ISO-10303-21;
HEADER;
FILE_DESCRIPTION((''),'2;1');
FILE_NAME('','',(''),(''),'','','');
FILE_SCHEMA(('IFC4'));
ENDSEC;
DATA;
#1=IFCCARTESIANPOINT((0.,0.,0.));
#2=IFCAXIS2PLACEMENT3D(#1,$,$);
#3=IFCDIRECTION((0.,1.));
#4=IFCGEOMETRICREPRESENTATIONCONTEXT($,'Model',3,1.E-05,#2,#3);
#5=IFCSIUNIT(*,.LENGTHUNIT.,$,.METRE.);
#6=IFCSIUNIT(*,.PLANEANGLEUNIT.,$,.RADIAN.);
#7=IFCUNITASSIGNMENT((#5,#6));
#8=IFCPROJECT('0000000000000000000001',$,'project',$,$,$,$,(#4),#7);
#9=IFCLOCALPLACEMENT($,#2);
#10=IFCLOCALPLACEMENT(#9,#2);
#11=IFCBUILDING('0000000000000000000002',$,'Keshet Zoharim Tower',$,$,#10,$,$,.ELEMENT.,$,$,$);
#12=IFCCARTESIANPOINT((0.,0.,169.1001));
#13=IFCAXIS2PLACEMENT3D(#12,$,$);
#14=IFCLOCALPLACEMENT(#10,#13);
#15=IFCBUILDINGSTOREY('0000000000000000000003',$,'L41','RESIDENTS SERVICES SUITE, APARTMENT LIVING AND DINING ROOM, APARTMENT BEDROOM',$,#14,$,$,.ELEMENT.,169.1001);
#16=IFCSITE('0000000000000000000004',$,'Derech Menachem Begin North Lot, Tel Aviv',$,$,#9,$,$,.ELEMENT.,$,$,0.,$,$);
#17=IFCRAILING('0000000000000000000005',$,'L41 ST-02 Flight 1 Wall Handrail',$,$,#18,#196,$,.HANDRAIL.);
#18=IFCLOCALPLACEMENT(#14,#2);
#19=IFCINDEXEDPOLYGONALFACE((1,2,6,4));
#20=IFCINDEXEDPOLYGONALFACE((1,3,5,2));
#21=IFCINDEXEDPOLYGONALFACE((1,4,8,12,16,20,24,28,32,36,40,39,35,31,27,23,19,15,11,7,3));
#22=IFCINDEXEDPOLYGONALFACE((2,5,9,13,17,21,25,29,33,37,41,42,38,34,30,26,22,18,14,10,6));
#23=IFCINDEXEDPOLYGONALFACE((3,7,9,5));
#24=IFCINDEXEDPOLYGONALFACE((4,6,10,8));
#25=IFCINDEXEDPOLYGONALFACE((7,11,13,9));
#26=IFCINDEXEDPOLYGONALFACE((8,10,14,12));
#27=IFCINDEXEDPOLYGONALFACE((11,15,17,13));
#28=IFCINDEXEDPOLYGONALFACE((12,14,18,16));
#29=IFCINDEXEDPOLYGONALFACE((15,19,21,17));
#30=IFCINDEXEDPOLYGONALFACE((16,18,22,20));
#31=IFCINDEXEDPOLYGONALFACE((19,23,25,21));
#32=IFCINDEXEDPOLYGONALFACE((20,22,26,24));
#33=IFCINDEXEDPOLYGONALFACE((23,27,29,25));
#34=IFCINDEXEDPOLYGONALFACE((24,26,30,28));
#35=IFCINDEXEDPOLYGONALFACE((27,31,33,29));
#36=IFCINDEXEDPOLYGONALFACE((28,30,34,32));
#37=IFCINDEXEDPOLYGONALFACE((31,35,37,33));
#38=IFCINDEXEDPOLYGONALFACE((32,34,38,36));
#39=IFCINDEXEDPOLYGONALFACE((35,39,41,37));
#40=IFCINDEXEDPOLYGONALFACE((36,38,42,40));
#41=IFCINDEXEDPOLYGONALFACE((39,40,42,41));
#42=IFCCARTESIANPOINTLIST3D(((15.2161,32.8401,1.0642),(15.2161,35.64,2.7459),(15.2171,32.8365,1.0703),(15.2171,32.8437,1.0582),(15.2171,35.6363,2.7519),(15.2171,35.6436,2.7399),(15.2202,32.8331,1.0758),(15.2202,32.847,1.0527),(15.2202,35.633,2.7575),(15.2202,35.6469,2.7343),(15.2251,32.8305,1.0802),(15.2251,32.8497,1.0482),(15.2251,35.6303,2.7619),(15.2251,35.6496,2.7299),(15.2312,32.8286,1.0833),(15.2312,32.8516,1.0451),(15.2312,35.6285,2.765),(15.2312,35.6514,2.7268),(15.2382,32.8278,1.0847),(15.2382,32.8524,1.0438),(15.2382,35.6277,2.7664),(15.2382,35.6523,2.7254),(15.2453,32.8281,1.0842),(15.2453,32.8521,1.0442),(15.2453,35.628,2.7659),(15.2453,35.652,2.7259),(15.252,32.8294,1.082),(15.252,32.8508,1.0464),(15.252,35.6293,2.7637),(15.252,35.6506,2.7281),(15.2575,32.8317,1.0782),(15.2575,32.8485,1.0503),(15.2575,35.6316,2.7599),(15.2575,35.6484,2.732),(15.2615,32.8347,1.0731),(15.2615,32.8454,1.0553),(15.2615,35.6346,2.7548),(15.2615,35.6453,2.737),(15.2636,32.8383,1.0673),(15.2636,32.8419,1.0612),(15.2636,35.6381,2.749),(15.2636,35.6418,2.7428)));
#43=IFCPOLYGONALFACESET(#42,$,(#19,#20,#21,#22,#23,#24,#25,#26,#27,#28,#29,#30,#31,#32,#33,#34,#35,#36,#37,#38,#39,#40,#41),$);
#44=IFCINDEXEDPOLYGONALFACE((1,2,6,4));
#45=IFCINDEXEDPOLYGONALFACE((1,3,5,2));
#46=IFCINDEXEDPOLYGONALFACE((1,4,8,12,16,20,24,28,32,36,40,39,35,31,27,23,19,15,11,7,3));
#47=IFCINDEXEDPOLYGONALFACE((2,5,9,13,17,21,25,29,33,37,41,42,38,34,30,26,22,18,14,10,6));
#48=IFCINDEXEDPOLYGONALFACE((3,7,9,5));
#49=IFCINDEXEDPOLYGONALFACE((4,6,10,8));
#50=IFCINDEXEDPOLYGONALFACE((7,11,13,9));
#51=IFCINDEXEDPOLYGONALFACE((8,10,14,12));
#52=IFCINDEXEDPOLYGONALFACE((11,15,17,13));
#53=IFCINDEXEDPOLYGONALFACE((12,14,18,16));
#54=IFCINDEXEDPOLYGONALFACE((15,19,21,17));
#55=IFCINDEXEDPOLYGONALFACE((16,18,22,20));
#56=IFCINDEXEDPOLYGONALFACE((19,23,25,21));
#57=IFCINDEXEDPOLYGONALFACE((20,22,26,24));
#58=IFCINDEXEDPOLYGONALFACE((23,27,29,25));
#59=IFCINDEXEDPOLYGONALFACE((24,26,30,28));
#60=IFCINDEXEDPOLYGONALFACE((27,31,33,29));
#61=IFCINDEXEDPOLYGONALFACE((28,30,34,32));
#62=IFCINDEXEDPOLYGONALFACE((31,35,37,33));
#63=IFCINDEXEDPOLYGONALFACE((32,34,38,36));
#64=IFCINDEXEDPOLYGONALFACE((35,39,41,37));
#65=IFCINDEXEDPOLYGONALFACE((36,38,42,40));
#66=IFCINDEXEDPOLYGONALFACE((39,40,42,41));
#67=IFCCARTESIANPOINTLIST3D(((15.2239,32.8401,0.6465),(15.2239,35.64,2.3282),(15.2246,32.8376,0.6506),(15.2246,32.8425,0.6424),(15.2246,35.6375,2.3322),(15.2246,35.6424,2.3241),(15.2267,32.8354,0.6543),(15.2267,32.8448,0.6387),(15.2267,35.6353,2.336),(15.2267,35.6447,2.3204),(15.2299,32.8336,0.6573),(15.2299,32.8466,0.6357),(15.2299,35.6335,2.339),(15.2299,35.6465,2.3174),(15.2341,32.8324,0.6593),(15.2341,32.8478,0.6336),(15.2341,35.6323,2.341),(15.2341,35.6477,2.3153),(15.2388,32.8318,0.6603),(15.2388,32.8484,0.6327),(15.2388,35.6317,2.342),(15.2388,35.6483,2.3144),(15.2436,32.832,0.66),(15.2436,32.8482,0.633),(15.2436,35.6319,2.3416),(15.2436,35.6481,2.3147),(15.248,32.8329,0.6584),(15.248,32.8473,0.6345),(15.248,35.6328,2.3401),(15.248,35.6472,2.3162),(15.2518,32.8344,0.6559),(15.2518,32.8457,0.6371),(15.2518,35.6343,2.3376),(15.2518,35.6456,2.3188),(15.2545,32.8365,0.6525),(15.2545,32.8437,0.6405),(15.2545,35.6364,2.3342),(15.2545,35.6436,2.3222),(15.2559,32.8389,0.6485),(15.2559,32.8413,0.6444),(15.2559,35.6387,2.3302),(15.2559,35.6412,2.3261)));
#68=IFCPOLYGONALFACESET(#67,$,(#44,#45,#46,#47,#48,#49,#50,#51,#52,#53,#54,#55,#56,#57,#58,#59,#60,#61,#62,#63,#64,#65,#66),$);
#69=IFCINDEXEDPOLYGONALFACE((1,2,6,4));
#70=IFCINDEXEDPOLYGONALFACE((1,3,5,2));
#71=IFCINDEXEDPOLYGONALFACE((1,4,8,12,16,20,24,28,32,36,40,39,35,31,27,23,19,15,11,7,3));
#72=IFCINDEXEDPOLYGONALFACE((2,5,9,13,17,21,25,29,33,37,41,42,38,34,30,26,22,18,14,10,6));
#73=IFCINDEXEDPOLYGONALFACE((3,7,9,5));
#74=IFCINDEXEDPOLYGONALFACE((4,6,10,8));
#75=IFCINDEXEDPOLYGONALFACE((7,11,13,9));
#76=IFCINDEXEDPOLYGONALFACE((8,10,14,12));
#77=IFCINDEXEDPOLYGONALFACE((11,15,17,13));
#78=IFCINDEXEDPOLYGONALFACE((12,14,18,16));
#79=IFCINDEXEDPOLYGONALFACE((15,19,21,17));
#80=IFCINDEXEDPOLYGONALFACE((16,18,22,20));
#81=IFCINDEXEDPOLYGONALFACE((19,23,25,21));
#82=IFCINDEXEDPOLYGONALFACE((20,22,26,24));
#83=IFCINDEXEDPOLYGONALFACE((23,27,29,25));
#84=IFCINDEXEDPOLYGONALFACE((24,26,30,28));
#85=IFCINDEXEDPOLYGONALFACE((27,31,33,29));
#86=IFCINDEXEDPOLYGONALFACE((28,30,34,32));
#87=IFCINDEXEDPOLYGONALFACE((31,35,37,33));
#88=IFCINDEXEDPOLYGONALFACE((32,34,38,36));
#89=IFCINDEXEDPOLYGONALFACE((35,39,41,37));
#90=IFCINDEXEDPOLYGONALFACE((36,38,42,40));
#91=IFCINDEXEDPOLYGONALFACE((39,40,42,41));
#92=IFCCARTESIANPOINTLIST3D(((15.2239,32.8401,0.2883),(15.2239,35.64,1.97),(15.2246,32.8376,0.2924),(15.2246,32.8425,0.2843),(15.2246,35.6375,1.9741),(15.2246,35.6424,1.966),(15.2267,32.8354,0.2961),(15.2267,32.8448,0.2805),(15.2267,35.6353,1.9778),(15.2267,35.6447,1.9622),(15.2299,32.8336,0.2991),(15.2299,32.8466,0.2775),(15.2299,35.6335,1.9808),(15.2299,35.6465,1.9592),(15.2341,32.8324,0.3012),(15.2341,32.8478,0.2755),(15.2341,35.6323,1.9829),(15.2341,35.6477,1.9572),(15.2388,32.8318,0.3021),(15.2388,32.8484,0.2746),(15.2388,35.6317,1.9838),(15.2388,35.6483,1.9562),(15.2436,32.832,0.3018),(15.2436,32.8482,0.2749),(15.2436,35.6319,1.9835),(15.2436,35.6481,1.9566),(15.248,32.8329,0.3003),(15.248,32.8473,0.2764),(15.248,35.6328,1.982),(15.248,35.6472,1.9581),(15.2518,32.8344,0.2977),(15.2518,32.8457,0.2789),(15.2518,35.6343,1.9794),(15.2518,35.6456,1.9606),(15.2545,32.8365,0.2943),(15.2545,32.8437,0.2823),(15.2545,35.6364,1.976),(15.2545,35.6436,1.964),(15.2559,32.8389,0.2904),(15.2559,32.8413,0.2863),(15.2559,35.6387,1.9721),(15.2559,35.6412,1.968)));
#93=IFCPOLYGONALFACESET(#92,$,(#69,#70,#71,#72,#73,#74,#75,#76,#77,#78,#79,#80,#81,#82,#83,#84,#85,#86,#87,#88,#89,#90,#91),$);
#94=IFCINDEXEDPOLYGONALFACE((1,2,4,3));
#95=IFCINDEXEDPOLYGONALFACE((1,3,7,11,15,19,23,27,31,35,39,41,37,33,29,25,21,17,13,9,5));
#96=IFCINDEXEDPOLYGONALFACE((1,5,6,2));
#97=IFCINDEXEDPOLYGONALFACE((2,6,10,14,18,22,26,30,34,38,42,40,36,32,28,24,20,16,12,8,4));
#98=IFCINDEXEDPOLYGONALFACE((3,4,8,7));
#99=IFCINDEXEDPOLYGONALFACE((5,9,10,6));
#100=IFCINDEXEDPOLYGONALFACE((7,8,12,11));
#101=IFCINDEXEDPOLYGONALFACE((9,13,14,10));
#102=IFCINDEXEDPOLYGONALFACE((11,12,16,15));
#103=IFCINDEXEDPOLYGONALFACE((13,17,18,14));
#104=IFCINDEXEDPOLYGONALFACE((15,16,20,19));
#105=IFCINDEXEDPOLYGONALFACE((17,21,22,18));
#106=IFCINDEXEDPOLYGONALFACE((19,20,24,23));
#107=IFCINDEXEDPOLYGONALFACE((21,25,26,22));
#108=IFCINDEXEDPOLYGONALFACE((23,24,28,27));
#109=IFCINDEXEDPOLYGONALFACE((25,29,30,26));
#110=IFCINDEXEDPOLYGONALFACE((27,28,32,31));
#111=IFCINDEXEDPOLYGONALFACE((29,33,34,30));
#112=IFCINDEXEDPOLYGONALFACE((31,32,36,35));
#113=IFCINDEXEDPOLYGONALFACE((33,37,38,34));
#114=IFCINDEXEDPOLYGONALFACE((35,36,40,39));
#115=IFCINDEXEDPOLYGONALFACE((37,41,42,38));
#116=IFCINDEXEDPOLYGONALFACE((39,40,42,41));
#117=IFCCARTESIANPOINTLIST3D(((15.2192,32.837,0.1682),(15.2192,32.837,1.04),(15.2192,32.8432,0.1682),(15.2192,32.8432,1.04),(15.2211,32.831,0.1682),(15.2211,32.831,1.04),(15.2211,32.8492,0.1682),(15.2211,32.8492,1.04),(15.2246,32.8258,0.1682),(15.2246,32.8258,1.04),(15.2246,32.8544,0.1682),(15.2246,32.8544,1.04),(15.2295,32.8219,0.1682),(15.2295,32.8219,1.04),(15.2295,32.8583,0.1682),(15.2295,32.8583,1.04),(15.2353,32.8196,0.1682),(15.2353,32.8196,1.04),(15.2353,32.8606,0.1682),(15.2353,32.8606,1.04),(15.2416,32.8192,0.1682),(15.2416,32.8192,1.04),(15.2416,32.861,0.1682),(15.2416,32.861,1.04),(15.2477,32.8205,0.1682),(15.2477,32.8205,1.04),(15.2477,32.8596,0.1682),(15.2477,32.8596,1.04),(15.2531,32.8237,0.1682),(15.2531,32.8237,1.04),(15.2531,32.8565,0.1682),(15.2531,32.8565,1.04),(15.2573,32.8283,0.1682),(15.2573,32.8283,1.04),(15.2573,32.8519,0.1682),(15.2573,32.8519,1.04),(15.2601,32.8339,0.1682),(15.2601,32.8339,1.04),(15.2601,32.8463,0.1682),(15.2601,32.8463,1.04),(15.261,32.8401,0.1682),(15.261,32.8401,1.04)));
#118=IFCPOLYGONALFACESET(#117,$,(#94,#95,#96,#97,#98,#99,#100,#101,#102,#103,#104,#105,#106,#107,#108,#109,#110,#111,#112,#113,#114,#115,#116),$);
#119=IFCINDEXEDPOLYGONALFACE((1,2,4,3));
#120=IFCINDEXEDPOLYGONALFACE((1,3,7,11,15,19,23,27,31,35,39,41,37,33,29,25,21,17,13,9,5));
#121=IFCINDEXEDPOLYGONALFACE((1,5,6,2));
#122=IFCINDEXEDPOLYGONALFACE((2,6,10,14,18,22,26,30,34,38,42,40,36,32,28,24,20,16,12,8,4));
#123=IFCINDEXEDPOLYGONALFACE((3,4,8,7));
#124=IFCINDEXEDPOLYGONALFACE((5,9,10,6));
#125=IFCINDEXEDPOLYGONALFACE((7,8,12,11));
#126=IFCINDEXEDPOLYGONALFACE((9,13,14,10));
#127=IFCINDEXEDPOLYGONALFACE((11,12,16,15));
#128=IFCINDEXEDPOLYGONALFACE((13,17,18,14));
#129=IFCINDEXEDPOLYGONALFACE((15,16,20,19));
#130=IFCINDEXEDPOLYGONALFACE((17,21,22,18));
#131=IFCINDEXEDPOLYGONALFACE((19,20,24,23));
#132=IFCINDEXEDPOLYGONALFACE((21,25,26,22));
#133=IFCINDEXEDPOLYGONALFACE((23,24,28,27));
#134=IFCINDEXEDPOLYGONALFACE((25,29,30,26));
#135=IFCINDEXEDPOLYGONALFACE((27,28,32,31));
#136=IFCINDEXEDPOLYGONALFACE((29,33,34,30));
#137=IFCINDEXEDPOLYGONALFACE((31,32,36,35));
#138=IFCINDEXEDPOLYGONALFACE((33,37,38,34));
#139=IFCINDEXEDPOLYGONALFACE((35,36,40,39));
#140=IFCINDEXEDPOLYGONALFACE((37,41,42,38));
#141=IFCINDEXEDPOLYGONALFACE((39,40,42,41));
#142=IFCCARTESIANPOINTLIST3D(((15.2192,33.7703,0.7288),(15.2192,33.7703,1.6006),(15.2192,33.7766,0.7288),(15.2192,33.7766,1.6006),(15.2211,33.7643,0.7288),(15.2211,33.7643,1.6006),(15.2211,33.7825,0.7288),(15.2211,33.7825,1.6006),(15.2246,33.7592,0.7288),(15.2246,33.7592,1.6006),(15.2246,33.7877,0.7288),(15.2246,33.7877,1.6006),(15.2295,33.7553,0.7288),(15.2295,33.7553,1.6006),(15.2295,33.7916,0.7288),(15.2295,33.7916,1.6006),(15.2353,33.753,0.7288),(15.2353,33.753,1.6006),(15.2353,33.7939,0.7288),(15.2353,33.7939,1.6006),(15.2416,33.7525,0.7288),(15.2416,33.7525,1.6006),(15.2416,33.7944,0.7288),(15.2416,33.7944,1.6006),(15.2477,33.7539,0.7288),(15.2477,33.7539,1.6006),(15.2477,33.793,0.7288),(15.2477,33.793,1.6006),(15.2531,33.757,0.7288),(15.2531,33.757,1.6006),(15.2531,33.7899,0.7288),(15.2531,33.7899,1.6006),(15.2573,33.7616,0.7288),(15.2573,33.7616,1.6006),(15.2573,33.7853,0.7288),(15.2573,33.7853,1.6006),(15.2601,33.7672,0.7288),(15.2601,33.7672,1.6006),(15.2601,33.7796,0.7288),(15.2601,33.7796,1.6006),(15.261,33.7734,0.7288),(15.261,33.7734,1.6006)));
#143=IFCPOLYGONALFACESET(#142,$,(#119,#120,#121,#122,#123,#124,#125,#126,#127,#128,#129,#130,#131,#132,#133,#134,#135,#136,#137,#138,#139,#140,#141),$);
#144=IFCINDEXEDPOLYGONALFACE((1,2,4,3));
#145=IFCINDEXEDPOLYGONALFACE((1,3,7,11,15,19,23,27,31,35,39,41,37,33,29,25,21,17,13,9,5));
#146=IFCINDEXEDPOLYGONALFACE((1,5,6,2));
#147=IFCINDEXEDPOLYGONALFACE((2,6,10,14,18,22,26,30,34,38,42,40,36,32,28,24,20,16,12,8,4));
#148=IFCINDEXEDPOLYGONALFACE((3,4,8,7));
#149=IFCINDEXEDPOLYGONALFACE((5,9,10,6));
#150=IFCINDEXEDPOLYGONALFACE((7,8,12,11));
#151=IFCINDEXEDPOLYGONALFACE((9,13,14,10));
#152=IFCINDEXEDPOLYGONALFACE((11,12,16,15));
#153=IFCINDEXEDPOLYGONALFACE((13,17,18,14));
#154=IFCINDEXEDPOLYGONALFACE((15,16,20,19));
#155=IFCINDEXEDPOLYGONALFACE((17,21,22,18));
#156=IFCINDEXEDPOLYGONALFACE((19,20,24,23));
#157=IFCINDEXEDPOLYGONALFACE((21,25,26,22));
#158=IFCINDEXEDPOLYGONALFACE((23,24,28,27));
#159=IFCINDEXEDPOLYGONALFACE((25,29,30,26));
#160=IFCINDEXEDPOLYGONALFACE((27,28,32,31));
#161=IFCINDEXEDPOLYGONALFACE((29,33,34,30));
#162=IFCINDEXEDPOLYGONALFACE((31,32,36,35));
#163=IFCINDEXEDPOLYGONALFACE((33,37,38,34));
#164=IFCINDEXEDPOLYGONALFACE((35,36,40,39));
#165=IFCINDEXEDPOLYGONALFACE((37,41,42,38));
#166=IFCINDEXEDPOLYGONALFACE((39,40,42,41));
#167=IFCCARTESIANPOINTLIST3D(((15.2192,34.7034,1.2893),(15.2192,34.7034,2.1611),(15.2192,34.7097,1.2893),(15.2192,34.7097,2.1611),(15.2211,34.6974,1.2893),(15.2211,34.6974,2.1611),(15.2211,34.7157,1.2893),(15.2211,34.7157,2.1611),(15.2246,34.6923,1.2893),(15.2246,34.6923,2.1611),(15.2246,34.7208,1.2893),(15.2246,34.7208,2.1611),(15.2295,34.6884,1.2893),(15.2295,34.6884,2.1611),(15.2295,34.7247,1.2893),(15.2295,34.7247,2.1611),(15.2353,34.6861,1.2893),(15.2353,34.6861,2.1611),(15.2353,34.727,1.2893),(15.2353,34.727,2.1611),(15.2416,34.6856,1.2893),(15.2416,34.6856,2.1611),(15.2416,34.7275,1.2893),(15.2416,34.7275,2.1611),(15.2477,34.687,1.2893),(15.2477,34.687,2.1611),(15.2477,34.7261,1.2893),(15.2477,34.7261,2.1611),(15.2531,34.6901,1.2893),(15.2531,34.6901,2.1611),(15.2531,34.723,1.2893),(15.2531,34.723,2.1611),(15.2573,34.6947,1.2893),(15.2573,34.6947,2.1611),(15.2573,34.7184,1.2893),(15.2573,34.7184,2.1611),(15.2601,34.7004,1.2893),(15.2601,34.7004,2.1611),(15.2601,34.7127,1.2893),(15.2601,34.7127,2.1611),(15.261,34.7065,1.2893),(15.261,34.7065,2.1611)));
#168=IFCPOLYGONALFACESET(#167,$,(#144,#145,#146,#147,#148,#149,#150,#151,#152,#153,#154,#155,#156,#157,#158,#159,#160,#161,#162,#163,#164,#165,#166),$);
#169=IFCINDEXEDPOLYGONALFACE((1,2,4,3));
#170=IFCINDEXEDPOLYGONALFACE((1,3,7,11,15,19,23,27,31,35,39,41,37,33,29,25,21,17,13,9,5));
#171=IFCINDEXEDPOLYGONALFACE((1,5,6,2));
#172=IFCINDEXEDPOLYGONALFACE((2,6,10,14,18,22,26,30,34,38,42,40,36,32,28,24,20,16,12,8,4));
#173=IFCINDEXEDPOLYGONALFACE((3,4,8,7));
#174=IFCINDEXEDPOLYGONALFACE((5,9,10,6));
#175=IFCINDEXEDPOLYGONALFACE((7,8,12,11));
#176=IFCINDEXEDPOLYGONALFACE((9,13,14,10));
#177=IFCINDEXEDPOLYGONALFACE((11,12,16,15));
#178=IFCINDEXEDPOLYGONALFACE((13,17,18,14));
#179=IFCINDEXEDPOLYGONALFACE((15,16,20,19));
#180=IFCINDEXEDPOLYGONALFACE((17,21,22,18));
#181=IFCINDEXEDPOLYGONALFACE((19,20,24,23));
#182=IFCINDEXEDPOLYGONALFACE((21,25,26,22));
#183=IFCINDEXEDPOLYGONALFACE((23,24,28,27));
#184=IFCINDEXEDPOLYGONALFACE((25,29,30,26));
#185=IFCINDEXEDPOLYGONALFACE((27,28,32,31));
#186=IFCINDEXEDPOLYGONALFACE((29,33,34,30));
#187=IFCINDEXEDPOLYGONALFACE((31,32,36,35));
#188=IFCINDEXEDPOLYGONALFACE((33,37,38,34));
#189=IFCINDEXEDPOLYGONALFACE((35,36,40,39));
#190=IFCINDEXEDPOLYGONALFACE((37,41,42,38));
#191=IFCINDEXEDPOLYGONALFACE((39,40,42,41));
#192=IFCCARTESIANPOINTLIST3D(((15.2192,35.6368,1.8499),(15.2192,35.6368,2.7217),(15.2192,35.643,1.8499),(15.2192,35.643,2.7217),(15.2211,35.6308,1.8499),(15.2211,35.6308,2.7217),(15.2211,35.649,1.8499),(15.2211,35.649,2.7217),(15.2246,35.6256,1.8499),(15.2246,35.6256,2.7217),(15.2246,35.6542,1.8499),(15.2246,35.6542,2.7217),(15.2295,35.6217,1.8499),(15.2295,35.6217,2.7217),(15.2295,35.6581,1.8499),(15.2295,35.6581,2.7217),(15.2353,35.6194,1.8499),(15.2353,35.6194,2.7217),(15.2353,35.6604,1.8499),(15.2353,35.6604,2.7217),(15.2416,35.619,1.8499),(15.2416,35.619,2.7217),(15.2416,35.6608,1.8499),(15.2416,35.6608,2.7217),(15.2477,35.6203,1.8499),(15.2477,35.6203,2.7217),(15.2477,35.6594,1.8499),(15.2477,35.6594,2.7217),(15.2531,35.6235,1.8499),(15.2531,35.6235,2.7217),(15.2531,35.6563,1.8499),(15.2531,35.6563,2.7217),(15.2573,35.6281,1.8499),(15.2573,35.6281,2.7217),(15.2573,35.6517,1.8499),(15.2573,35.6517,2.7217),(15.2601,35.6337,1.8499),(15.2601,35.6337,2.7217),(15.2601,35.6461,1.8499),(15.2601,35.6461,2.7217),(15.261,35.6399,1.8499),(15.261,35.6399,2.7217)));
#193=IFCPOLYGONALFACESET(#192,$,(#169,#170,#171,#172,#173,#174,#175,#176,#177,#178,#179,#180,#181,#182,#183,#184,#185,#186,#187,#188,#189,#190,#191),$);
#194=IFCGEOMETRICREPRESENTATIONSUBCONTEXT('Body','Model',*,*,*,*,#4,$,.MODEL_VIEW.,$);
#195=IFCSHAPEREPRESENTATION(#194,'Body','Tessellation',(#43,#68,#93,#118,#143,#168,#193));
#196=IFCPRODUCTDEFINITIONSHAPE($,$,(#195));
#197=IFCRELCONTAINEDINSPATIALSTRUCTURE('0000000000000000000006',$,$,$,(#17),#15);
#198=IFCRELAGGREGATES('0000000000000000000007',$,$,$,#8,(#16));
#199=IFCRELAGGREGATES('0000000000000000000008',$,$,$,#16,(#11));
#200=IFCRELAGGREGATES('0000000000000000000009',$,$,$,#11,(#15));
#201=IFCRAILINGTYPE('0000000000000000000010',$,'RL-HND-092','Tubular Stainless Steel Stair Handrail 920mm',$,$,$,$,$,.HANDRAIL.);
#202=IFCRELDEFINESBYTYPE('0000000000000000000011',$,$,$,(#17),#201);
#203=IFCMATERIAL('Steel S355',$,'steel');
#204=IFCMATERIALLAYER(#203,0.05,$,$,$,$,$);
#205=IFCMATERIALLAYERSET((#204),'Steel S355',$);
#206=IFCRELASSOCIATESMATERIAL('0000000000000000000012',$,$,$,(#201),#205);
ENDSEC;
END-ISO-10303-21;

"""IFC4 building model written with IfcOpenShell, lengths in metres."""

from ifc_helpers import new_model, si_unit, direction, frame, origin, origin_2d, place, context, subcontext, project, spatial, circle, extrude, material, layer, layer_set, type_object, element, save


model = new_model("IFC4")

# Units and contexts
model_context = context("Model", 3, precision=1e-05, world=origin(), true_north=direction((0.0, 1.0)))
body_context = subcontext(model_context, "Body", "Model", "MODEL_VIEW")
ifc_project = project(units=[si_unit("LENGTHUNIT", "METRE"), si_unit("PLANEANGLEUNIT", "RADIAN")], contexts=[model_context])

# Site, building, storey
site_placement = place(None, origin())
site = spatial("IfcSite", under=ifc_project, at=site_placement, Name="Derech Menachem Begin North Lot, Tel Aviv", CompositionType="ELEMENT", RefElevation=0.0)
building_placement = place(site_placement, origin())
building = spatial("IfcBuilding", under=site, at=building_placement, Name="Keshet Zoharim Tower", CompositionType="ELEMENT")
storey_placement = place(building_placement, frame((0.0, 0.0, 169.1001)))
storey = spatial("IfcBuildingStorey", under=building, at=storey_placement, Name="L41", Description="RESIDENTS SERVICES SUITE, APARTMENT LIVING AND DINING ROOM, APARTMENT BEDROOM", CompositionType="ELEMENT", Elevation=169.1001)

# Shared definitions
ifc_material_1 = material(Name="Steel S355", Category="steel")

# Railing
ifc_layer_1 = layer(ifc_material_1, 0.05)
ifc_layer_set_1 = layer_set([ifc_layer_1], Name="Steel S355")
railing_type = type_object("IfcRailingType", Name="RL-HND-092", Description="Tubular Stainless Steel Stair Handrail 920mm", PredefinedType="HANDRAIL", material=ifc_layer_set_1)
railing_placement = place(storey_placement, frame((15.24, 32.8401, 0.1682)))
element("IfcRailing", 1, at=railing_placement, inside=storey, type_object=railing_type, Name="L41 ST-02 Flight 1 Wall Handrail", PredefinedType="HANDRAIL", context=body_context, shape_type="SweptSolid", body=[
    extrude(circle(Radius=0.0239, at=origin_2d()), frame((0.0, 0.0, 0.896), z_axis=(0.0, 0.857255, 0.514891), x_axis=(-1.0, 0.0, 0.0)), (0.0, 0.0, 1.0), 3.2661),
    extrude(circle(Radius=0.0161, at=origin_2d()), frame((0.0, 0.0, 0.4783), z_axis=(0.0, 0.857255, 0.514891), x_axis=(-1.0, 0.0, 0.0)), (0.0, 0.0, 1.0), 3.2661),
    extrude(circle(Radius=0.0161, at=origin_2d()), frame((0.0, 0.0, 0.1201), z_axis=(0.0, 0.857255, 0.514891), x_axis=(-1.0, 0.0, 0.0)), (0.0, 0.0, 1.0), 3.2661),
    extrude(circle(Radius=0.021, at=origin_2d()), origin(), (0.0, 0.0, 1.0), 0.8718),
    extrude(circle(Radius=0.021, at=origin_2d()), frame((0.0, 0.9333, 0.5605)), (0.0, 0.0, 1.0), 0.8718),
    extrude(circle(Radius=0.021, at=origin_2d()), frame((0.0, 1.8665, 1.1211)), (0.0, 0.0, 1.0), 0.8718),
    extrude(circle(Radius=0.021, at=origin_2d()), frame((0.0, 2.7998, 1.6816)), (0.0, 0.0, 1.0), 0.8718),
])

save(model, "model.ifc")
